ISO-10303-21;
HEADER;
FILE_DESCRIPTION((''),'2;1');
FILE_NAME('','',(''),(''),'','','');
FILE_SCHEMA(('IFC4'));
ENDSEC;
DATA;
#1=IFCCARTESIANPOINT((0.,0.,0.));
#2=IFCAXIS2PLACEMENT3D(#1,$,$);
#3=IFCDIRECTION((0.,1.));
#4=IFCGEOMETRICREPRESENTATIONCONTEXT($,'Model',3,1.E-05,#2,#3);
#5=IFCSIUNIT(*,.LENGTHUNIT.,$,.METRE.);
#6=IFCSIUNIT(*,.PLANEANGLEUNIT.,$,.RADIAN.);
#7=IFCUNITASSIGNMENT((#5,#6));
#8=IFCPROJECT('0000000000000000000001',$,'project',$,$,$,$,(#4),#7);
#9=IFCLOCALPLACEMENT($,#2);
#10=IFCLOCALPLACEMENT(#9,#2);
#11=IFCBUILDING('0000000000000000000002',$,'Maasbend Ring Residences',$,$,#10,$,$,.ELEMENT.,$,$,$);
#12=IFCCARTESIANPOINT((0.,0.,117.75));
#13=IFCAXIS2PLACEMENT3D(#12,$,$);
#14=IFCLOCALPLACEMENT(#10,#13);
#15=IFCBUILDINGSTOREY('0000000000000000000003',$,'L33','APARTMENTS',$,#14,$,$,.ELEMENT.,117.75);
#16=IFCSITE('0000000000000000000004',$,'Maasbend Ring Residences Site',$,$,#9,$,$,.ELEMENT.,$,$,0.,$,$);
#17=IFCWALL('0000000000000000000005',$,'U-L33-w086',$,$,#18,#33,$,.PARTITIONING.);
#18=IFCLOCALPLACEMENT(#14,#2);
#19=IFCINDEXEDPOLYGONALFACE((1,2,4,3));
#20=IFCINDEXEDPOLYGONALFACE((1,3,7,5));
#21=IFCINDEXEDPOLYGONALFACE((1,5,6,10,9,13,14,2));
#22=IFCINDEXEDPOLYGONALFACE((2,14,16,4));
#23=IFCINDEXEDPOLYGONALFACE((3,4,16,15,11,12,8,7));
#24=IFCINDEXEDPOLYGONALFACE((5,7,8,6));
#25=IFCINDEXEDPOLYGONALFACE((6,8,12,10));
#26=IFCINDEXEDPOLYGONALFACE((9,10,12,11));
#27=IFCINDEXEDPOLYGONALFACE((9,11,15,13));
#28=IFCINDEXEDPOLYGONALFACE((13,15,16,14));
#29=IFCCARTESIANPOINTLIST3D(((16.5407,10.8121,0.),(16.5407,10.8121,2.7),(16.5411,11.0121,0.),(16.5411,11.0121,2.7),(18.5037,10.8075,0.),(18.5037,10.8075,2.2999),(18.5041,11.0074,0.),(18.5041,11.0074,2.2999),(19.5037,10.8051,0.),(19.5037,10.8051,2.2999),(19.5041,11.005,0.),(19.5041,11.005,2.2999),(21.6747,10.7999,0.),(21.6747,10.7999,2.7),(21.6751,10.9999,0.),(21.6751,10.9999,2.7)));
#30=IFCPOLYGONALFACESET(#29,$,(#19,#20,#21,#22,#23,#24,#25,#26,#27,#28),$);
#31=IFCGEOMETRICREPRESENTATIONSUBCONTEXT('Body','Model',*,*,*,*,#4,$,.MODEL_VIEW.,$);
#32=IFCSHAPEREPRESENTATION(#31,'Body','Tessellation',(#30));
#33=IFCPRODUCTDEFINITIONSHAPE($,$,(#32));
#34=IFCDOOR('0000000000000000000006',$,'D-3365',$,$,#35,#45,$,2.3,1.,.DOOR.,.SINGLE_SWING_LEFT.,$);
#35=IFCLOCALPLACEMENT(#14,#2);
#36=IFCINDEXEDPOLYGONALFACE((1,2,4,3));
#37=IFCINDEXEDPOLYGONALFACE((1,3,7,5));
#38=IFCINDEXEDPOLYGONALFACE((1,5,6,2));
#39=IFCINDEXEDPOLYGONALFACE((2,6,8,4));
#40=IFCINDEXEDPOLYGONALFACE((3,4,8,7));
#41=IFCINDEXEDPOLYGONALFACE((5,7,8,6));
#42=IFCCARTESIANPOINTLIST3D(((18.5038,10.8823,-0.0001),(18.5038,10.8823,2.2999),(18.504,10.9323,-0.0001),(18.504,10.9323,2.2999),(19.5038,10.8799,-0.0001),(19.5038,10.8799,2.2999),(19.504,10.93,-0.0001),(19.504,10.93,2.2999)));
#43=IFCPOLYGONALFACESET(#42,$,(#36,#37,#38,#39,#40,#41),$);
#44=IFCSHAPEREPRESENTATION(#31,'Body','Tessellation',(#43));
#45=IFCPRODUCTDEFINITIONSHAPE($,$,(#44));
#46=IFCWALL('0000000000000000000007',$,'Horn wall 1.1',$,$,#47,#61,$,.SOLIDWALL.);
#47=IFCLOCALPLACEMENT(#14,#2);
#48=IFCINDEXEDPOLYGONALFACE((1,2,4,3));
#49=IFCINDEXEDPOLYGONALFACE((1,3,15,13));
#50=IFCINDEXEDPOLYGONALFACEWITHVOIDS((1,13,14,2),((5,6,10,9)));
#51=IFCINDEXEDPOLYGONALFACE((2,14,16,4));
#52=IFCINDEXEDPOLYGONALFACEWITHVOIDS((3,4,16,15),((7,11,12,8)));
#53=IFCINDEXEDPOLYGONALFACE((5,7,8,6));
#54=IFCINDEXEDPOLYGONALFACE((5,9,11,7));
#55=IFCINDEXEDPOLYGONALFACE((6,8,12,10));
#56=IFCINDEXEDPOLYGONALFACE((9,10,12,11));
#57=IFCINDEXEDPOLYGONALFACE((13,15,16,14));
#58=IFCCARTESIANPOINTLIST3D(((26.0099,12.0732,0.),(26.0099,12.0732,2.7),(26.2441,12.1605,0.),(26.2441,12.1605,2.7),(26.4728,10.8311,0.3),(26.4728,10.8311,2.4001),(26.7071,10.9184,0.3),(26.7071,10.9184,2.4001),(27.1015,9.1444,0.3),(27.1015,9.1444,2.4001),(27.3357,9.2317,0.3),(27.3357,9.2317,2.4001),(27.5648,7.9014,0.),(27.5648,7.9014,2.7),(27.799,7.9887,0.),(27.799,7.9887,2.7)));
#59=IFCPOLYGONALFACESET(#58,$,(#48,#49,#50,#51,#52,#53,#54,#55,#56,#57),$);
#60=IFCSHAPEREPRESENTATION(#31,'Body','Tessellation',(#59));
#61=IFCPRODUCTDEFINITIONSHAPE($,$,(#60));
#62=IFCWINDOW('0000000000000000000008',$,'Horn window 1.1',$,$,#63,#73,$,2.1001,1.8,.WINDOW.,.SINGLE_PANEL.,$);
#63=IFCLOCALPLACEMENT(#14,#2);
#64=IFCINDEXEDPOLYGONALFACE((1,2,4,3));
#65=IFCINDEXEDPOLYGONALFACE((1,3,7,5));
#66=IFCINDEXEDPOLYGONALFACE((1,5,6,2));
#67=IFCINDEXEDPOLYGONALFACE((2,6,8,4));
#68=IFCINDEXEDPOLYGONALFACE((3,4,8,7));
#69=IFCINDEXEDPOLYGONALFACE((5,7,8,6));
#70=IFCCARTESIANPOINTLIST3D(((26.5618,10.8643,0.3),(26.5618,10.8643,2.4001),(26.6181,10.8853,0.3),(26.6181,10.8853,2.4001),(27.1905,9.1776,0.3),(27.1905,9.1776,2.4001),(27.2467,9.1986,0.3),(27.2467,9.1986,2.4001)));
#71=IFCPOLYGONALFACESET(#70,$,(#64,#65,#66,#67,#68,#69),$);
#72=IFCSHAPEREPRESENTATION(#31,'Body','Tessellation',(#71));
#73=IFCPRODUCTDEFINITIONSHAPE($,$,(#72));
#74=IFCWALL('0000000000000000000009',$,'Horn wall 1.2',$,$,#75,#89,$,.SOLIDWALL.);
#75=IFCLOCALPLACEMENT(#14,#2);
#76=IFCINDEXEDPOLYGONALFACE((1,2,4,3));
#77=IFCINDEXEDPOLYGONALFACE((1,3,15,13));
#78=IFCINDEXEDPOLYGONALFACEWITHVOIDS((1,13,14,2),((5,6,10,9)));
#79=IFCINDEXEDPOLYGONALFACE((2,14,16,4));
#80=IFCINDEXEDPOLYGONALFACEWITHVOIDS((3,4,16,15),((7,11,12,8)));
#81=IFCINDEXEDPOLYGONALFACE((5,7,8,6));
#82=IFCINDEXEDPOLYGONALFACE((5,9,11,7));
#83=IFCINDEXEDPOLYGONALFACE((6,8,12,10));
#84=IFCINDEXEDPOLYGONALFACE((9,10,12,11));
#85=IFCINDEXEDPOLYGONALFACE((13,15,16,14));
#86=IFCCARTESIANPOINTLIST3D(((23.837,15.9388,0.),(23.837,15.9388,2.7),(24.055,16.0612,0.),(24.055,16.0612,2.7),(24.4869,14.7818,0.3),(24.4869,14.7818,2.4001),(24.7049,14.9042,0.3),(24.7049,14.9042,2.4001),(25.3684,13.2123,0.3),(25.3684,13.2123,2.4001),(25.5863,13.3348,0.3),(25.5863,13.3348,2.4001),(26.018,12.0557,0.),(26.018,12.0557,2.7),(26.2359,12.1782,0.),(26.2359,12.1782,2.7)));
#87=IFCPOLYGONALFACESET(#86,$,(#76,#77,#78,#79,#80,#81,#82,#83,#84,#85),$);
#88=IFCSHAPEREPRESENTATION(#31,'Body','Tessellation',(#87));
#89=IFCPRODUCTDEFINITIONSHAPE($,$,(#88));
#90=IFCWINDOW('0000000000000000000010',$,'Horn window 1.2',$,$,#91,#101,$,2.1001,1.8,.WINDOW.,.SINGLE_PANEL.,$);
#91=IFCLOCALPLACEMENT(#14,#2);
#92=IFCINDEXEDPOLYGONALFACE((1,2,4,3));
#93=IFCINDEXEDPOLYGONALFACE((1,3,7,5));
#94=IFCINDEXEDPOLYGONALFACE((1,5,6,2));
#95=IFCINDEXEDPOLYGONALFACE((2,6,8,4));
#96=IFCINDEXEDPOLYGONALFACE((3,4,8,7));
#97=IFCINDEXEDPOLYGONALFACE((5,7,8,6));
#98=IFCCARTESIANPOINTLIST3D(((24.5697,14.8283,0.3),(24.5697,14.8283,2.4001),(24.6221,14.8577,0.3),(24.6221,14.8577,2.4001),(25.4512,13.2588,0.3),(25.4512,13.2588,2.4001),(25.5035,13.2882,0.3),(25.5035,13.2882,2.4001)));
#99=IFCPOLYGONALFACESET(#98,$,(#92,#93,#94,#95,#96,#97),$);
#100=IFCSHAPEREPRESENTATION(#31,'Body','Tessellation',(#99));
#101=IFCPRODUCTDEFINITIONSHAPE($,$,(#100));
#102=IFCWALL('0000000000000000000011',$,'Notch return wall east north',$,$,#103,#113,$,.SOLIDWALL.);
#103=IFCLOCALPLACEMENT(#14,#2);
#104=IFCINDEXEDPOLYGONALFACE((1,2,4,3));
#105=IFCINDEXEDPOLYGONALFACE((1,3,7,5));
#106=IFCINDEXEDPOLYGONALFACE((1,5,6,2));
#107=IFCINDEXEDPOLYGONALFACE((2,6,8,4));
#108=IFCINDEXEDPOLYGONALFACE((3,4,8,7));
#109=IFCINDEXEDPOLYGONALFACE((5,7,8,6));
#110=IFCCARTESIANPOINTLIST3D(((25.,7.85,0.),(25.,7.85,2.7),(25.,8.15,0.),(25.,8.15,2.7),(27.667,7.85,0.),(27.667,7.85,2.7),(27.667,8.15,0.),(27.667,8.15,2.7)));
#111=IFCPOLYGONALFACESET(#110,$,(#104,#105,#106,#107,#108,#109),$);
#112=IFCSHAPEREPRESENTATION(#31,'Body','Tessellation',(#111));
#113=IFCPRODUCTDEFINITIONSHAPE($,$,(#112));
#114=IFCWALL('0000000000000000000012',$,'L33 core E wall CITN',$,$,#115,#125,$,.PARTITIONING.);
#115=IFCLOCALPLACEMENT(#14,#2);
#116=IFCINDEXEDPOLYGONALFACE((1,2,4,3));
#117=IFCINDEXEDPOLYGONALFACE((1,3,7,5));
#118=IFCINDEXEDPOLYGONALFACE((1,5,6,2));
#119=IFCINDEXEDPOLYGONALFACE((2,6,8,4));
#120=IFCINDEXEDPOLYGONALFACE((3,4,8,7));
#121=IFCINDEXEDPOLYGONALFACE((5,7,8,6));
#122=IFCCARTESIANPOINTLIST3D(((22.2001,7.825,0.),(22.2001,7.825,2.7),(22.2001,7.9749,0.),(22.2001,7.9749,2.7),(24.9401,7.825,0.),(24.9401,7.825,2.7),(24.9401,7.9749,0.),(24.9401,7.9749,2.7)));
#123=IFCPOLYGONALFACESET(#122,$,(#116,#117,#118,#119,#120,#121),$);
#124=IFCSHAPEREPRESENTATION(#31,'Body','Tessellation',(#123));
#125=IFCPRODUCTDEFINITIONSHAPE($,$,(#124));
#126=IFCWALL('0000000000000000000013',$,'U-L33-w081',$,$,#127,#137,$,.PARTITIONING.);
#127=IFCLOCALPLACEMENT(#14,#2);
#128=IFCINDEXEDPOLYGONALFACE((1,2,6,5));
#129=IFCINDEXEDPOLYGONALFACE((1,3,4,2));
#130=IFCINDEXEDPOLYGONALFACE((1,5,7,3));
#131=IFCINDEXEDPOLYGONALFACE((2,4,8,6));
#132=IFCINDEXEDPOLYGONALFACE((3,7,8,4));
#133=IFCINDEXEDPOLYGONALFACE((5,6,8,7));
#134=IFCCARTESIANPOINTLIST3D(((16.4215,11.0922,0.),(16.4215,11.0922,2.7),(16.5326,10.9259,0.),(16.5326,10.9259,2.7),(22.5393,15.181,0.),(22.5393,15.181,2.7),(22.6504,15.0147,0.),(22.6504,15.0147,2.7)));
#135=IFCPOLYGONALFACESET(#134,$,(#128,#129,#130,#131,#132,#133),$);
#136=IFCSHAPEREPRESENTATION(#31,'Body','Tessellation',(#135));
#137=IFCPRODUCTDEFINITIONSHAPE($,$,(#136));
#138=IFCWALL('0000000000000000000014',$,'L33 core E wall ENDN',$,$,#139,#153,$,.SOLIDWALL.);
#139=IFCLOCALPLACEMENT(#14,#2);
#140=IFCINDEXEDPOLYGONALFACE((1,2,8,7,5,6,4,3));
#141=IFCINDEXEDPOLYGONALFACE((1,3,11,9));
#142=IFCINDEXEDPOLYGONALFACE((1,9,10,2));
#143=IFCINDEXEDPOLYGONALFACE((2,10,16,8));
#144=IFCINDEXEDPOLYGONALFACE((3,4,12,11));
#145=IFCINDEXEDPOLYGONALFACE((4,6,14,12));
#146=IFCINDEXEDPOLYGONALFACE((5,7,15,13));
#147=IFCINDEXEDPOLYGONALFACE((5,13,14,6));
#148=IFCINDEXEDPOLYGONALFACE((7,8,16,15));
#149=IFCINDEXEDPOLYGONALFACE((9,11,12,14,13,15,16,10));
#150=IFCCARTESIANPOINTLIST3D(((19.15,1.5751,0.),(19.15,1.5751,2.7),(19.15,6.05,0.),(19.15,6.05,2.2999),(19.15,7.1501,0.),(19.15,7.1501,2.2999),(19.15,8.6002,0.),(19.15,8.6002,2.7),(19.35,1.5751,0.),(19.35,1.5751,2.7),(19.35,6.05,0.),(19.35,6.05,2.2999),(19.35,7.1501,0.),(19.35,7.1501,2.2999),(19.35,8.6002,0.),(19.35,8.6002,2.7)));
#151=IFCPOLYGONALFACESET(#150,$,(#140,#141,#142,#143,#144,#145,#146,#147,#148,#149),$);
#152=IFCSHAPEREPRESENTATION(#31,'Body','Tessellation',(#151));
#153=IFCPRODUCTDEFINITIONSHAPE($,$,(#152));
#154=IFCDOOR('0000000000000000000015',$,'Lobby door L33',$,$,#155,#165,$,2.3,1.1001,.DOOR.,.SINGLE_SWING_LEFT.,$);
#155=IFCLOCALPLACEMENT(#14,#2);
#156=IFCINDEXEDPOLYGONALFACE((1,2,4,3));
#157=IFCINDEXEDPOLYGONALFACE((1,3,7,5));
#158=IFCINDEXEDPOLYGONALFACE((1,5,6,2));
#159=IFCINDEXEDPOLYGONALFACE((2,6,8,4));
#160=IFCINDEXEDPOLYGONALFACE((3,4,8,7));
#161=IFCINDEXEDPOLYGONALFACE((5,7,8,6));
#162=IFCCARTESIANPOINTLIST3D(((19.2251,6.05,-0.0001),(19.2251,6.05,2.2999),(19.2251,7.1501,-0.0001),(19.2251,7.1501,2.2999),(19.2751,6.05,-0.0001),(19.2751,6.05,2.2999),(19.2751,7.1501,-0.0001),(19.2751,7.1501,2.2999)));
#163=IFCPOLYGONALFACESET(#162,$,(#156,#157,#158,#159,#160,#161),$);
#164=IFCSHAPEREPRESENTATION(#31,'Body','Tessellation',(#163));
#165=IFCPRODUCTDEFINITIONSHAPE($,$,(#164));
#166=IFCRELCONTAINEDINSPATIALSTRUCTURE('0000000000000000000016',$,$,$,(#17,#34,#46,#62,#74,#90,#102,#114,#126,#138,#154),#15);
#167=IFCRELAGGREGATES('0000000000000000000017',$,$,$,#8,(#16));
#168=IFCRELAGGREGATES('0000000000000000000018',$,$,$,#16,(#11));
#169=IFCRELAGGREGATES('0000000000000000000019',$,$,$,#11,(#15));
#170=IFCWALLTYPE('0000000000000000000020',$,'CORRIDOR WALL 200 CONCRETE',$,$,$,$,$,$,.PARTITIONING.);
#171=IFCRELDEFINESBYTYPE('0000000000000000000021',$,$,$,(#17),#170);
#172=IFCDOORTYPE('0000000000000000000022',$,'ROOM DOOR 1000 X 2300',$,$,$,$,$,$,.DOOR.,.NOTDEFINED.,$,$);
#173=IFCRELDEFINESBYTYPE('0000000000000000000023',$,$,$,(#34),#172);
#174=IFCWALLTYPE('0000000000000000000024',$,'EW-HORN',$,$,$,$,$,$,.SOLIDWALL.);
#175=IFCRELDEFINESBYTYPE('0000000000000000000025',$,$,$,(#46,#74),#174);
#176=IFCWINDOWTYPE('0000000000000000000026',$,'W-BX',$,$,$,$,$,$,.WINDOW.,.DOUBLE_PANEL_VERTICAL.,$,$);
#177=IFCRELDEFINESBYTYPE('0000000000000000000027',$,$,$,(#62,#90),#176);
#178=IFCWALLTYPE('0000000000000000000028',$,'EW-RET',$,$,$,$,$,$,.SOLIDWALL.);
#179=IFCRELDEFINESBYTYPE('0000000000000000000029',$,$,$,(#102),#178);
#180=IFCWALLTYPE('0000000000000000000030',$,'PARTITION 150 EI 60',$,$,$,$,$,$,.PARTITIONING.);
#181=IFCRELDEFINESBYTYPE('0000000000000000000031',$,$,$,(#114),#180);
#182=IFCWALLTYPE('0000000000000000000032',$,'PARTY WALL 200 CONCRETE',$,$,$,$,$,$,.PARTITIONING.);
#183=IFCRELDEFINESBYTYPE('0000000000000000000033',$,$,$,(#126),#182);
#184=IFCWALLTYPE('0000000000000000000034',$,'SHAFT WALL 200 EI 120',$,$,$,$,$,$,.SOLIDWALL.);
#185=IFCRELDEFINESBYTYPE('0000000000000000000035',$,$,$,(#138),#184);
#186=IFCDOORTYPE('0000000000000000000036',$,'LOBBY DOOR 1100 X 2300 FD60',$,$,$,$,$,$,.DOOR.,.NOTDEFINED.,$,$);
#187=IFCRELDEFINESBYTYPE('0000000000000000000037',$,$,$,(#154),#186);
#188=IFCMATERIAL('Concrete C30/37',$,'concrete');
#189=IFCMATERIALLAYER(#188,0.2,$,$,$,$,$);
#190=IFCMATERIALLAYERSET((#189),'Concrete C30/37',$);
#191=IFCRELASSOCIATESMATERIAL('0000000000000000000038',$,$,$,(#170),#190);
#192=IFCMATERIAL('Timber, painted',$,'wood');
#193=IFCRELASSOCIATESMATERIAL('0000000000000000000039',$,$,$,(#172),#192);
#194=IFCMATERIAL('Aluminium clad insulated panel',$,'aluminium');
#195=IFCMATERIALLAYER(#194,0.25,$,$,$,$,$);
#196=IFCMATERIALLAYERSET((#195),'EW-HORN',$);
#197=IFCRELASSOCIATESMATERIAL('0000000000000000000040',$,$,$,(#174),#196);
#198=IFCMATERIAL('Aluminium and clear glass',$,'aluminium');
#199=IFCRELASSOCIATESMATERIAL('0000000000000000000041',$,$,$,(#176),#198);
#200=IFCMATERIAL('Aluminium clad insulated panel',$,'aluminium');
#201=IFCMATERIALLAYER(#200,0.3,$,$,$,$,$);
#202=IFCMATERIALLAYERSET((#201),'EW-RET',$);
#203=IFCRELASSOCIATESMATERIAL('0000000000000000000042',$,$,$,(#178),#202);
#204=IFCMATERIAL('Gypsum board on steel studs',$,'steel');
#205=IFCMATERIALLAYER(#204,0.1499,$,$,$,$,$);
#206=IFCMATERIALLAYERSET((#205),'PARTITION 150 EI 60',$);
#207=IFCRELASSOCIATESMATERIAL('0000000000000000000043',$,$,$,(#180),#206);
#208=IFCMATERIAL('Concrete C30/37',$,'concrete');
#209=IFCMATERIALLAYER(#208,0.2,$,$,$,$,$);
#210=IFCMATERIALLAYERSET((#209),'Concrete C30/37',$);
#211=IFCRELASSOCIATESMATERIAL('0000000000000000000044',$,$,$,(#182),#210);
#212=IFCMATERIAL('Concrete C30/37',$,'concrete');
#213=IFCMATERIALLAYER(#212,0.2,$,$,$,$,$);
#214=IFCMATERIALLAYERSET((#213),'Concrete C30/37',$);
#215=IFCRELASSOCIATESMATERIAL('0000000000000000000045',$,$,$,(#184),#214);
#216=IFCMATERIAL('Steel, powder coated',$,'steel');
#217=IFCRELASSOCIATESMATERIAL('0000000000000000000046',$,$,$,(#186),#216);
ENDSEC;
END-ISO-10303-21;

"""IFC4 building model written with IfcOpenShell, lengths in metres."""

from ifc_helpers import new_model, si_unit, direction, frame, frame_2d, origin, place, context, subcontext, project, spatial, rectangle, extrude, material, layer, layer_set, type_object, element, fill, save


model = new_model("IFC4")

# Units and contexts
model_context = context("Model", 3, precision=1e-05, world=origin(), true_north=direction((0.0, 1.0)))
body_context = subcontext(model_context, "Body", "Model", "MODEL_VIEW")
ifc_project = project(units=[si_unit("LENGTHUNIT", "METRE"), si_unit("PLANEANGLEUNIT", "RADIAN")], contexts=[model_context])

# Site, building, storey
site_placement = place(None, origin())
site = spatial("IfcSite", under=ifc_project, at=site_placement, Name="Maasbend Ring Residences Site", CompositionType="ELEMENT", RefElevation=0.0)
building_placement = place(site_placement, origin())
building = spatial("IfcBuilding", under=site, at=building_placement, Name="Maasbend Ring Residences", CompositionType="ELEMENT")
storey_placement = place(building_placement, frame((0.0, 0.0, 117.75)))
storey = spatial("IfcBuildingStorey", under=building, at=storey_placement, Name="L33", Description="APARTMENTS", CompositionType="ELEMENT", Elevation=117.75)

# Shared definitions
ifc_material_1 = material(Name="Concrete C30/37", Category="concrete")
ifc_layer_1 = layer(ifc_material_1, 0.2)
ifc_layer_set_1 = layer_set([ifc_layer_1], Name="Concrete C30/37")
wall_type_1 = type_object("IfcWallType", Name="CORRIDOR WALL 200 CONCRETE", PredefinedType="PARTITIONING", material=ifc_layer_set_1)

# Wall, opening, door
wall_1_placement = place(storey_placement, frame((16.541, 10.9121, 0.0), z_axis=(0.0, 0.0, 1.0), x_axis=(0.999997, -0.002378, 0.0)))
wall_1 = element("IfcWall", 1, at=wall_1_placement, inside=storey, type_object=wall_type_1, Name="U-L33-w086", PredefinedType="PARTITIONING", context=body_context, shape_type="SweptSolid", body=[
    extrude(rectangle(XDim=5.134, YDim=0.2, at=frame_2d((2.5669, 0.0))), origin(), (0.0, 0.0, 1.0), 2.7),
])
opening_1_placement = place(wall_1_placement, frame((1.9629, 0.0, 0.0)))
opening_1 = element("IfcOpeningElement", 2, at=opening_1_placement, cuts=wall_1, PredefinedType="OPENING", context=body_context, shape_type="SweptSolid", body=[
    extrude(rectangle(XDim=1.0, YDim=2.3, at=frame_2d((0.5, 1.1499))), frame((0.0, 0.1099, 0.0), z_axis=(0.0, -1.0, 0.0), x_axis=(1.0, 0.0, 0.0)), (0.0, 0.0, 1.0), 0.22),
])
ifc_material_2 = material(Name="Timber, painted", Category="wood")
door_type_1 = type_object("IfcDoorType", Name="ROOM DOOR 1000 X 2300", OperationType="NOTDEFINED", PredefinedType="DOOR", material=ifc_material_2)
door_1_placement = place(opening_1_placement, origin())
door_1 = element("IfcDoor", 3, at=door_1_placement, inside=storey, type_object=door_type_1, Name="D-3365", OperationType="SINGLE_SWING_LEFT", OverallHeight=2.3, OverallWidth=1.0, PredefinedType="DOOR", context=body_context, shape_type="SweptSolid", body=[
    extrude(rectangle(XDim=1.0, YDim=2.3, at=frame_2d((0.5, 1.1499))), frame((0.0, 0.0249, 0.0), z_axis=(0.0, -1.0, 0.0), x_axis=(1.0, 0.0, 0.0)), (0.0, 0.0, 1.0), 0.05),
])
fill(opening_1, door_1)

# Walls, openings, windows
ifc_material_3 = material(Name="Aluminium clad insulated panel", Category="aluminium")
ifc_layer_2 = layer(ifc_material_3, 0.25)
ifc_layer_set_2 = layer_set([ifc_layer_2], Name="EW-HORN")
wall_type_2 = type_object("IfcWallType", Name="EW-HORN", PredefinedType="SOLIDWALL", material=ifc_layer_set_2)
wall_2_placement = place(storey_placement, frame((27.6819, 7.9451, 0.0), z_axis=(0.0, 0.0, 1.0), x_axis=(-0.349248, 0.93703, 0.0)))
wall_2 = element("IfcWall", 4, at=wall_2_placement, inside=storey, type_object=wall_type_2, Name="Horn wall 1.1", PredefinedType="SOLIDWALL", context=body_context, shape_type="SweptSolid", body=[
    extrude(rectangle(XDim=4.4521, YDim=0.25, at=frame_2d((2.2261, 0.0))), origin(), (0.0, 0.0, 1.0), 2.7),
])
opening_2_placement = place(wall_2_placement, frame((1.3267, 0.0, 0.3)))
opening_2 = element("IfcOpeningElement", 5, at=opening_2_placement, cuts=wall_2, PredefinedType="OPENING", context=body_context, shape_type="SweptSolid", body=[
    extrude(rectangle(XDim=1.8, YDim=2.1001, at=frame_2d((0.8999, 1.05))), frame((0.0, 0.135, 0.0), z_axis=(0.0, -1.0, 0.0), x_axis=(1.0, 0.0, 0.0)), (0.0, 0.0, 1.0), 0.27),
])
ifc_material_4 = material(Name="Aluminium and clear glass", Category="aluminium")
window_type = type_object("IfcWindowType", Name="W-BX", PartitioningType="DOUBLE_PANEL_VERTICAL", PredefinedType="WINDOW", material=ifc_material_4)
window_1_placement = place(opening_2_placement, origin())
window_1 = element("IfcWindow", 6, at=window_1_placement, inside=storey, type_object=window_type, Name="Horn window 1.1", OverallHeight=2.1001, OverallWidth=1.8, PartitioningType="SINGLE_PANEL", PredefinedType="WINDOW", context=body_context, shape_type="SweptSolid", body=[
    extrude(rectangle(XDim=1.8, YDim=2.1001, at=frame_2d((0.8999, 1.05))), frame((0.0, 0.03, 0.0), z_axis=(0.0, -1.0, 0.0), x_axis=(1.0, 0.0, 0.0)), (0.0, 0.0, 1.0), 0.0601),
])
fill(opening_2, window_1)
wall_3_placement = place(storey_placement, frame((26.127, 12.1169, 0.0), z_axis=(0.0, 0.0, 1.0), x_axis=(-0.489696, 0.871893, 0.0)))
wall_3 = element("IfcWall", 7, at=wall_3_placement, inside=storey, type_object=wall_type_2, Name="Horn wall 1.2", PredefinedType="SOLIDWALL", context=body_context, shape_type="SweptSolid", body=[
    extrude(rectangle(XDim=4.4536, YDim=0.25, at=frame_2d((2.2268, 0.0))), origin(), (0.0, 0.0, 1.0), 2.7),
])
opening_3_placement = place(wall_3_placement, frame((1.3267, 0.0, 0.3)))
opening_3 = element("IfcOpeningElement", 8, at=opening_3_placement, cuts=wall_3, PredefinedType="OPENING", context=body_context, shape_type="SweptSolid", body=[
    extrude(rectangle(XDim=1.8, YDim=2.1001, at=frame_2d((0.8999, 1.05))), frame((0.0, 0.135, 0.0), z_axis=(0.0, -1.0, 0.0), x_axis=(1.0, 0.0, 0.0)), (0.0, 0.0, 1.0), 0.27),
])
window_2_placement = place(opening_3_placement, origin())
window_2 = element("IfcWindow", 9, at=window_2_placement, inside=storey, type_object=window_type, Name="Horn window 1.2", OverallHeight=2.1001, OverallWidth=1.8, PartitioningType="SINGLE_PANEL", PredefinedType="WINDOW", context=body_context, shape_type="SweptSolid", body=[
    extrude(rectangle(XDim=1.8, YDim=2.1001, at=frame_2d((0.8999, 1.05))), frame((0.0, 0.03, 0.0), z_axis=(0.0, -1.0, 0.0), x_axis=(1.0, 0.0, 0.0)), (0.0, 0.0, 1.0), 0.0601),
])
fill(opening_3, window_2)

# Walls
ifc_material_5 = material(Name="Aluminium clad insulated panel", Category="aluminium")
ifc_layer_3 = layer(ifc_material_5, 0.3)
ifc_layer_set_3 = layer_set([ifc_layer_3], Name="EW-RET")
wall_type_3 = type_object("IfcWallType", Name="EW-RET", PredefinedType="SOLIDWALL", material=ifc_layer_set_3)
wall_4_placement = place(storey_placement, frame((25.0, 8.0, 0.0), z_axis=(0.0, 0.0, 1.0), x_axis=(1.0, 0.0, 0.0)))
element("IfcWall", 10, at=wall_4_placement, inside=storey, type_object=wall_type_3, Name="Notch return wall east north", PredefinedType="SOLIDWALL", context=body_context, shape_type="SweptSolid", body=[
    extrude(rectangle(XDim=2.667, YDim=0.3, at=frame_2d((1.3335, 0.0))), origin(), (0.0, 0.0, 1.0), 2.7),
])
ifc_material_6 = material(Name="Gypsum board on steel studs", Category="steel")
ifc_layer_4 = layer(ifc_material_6, 0.1499)
ifc_layer_set_4 = layer_set([ifc_layer_4], Name="PARTITION 150 EI 60")
wall_type_4 = type_object("IfcWallType", Name="PARTITION 150 EI 60", PredefinedType="PARTITIONING", material=ifc_layer_set_4)
wall_5_placement = place(storey_placement, frame((22.2, 7.8999, 0.0), z_axis=(0.0, 0.0, 1.0), x_axis=(1.0, 0.0, 0.0)))
element("IfcWall", 11, at=wall_5_placement, inside=storey, type_object=wall_type_4, Name="L33 core E wall CITN", PredefinedType="PARTITIONING", context=body_context, shape_type="SweptSolid", body=[
    extrude(rectangle(XDim=2.74, YDim=0.1499, at=frame_2d((1.3701, 0.0))), origin(), (0.0, 0.0, 1.0), 2.7),
])
ifc_material_7 = material(Name="Concrete C30/37", Category="concrete")
ifc_layer_5 = layer(ifc_material_7, 0.2)
ifc_layer_set_5 = layer_set([ifc_layer_5], Name="Concrete C30/37")
wall_type_5 = type_object("IfcWallType", Name="PARTY WALL 200 CONCRETE", PredefinedType="PARTITIONING", material=ifc_layer_set_5)
wall_6_placement = place(storey_placement, frame((16.4771, 11.009, 0.0), z_axis=(0.0, 0.0, 1.0), x_axis=(0.831407, 0.555665, 0.0)))
element("IfcWall", 12, at=wall_6_placement, inside=storey, type_object=wall_type_5, Name="U-L33-w081", PredefinedType="PARTITIONING", context=body_context, shape_type="SweptSolid", body=[
    extrude(rectangle(XDim=7.3584, YDim=0.2, at=frame_2d((3.6792, 0.0))), origin(), (0.0, 0.0, 1.0), 2.7),
])

# Wall, opening, door
ifc_material_8 = material(Name="Concrete C30/37", Category="concrete")
ifc_layer_6 = layer(ifc_material_8, 0.2)
ifc_layer_set_6 = layer_set([ifc_layer_6], Name="Concrete C30/37")
wall_type_6 = type_object("IfcWallType", Name="SHAFT WALL 200 EI 120", PredefinedType="SOLIDWALL", material=ifc_layer_set_6)
wall_7_placement = place(storey_placement, frame((19.25, 1.575, 0.0), z_axis=(0.0, 0.0, 1.0), x_axis=(0.0, 1.0, 0.0)))
wall_7 = element("IfcWall", 13, at=wall_7_placement, inside=storey, type_object=wall_type_6, Name="L33 core E wall ENDN", PredefinedType="SOLIDWALL", context=body_context, shape_type="SweptSolid", body=[
    extrude(rectangle(XDim=7.0251, YDim=0.2, at=frame_2d((3.5127, 0.0))), origin(), (0.0, 0.0, 1.0), 2.7),
])
opening_4_placement = place(wall_7_placement, frame((4.4751, 0.0, 0.0)))
opening_4 = element("IfcOpeningElement", 14, at=opening_4_placement, cuts=wall_7, PredefinedType="OPENING", context=body_context, shape_type="SweptSolid", body=[
    extrude(rectangle(XDim=1.1001, YDim=2.3, at=frame_2d((0.55, 1.1499))), frame((0.0, 0.1099, 0.0), z_axis=(0.0, -1.0, 0.0), x_axis=(1.0, 0.0, 0.0)), (0.0, 0.0, 1.0), 0.22),
])
ifc_material_9 = material(Name="Steel, powder coated", Category="steel")
door_type_2 = type_object("IfcDoorType", Name="LOBBY DOOR 1100 X 2300 FD60", OperationType="NOTDEFINED", PredefinedType="DOOR", material=ifc_material_9)
door_2_placement = place(opening_4_placement, origin())
door_2 = element("IfcDoor", 15, at=door_2_placement, inside=storey, type_object=door_type_2, Name="Lobby door L33", OperationType="SINGLE_SWING_LEFT", OverallHeight=2.3, OverallWidth=1.1001, PredefinedType="DOOR", context=body_context, shape_type="SweptSolid", body=[
    extrude(rectangle(XDim=1.1001, YDim=2.3, at=frame_2d((0.55, 1.1499))), frame((0.0, 0.0249, 0.0), z_axis=(0.0, -1.0, 0.0), x_axis=(1.0, 0.0, 0.0)), (0.0, 0.0, 1.0), 0.05),
])
fill(opening_4, door_2)

save(model, "model.ifc")
